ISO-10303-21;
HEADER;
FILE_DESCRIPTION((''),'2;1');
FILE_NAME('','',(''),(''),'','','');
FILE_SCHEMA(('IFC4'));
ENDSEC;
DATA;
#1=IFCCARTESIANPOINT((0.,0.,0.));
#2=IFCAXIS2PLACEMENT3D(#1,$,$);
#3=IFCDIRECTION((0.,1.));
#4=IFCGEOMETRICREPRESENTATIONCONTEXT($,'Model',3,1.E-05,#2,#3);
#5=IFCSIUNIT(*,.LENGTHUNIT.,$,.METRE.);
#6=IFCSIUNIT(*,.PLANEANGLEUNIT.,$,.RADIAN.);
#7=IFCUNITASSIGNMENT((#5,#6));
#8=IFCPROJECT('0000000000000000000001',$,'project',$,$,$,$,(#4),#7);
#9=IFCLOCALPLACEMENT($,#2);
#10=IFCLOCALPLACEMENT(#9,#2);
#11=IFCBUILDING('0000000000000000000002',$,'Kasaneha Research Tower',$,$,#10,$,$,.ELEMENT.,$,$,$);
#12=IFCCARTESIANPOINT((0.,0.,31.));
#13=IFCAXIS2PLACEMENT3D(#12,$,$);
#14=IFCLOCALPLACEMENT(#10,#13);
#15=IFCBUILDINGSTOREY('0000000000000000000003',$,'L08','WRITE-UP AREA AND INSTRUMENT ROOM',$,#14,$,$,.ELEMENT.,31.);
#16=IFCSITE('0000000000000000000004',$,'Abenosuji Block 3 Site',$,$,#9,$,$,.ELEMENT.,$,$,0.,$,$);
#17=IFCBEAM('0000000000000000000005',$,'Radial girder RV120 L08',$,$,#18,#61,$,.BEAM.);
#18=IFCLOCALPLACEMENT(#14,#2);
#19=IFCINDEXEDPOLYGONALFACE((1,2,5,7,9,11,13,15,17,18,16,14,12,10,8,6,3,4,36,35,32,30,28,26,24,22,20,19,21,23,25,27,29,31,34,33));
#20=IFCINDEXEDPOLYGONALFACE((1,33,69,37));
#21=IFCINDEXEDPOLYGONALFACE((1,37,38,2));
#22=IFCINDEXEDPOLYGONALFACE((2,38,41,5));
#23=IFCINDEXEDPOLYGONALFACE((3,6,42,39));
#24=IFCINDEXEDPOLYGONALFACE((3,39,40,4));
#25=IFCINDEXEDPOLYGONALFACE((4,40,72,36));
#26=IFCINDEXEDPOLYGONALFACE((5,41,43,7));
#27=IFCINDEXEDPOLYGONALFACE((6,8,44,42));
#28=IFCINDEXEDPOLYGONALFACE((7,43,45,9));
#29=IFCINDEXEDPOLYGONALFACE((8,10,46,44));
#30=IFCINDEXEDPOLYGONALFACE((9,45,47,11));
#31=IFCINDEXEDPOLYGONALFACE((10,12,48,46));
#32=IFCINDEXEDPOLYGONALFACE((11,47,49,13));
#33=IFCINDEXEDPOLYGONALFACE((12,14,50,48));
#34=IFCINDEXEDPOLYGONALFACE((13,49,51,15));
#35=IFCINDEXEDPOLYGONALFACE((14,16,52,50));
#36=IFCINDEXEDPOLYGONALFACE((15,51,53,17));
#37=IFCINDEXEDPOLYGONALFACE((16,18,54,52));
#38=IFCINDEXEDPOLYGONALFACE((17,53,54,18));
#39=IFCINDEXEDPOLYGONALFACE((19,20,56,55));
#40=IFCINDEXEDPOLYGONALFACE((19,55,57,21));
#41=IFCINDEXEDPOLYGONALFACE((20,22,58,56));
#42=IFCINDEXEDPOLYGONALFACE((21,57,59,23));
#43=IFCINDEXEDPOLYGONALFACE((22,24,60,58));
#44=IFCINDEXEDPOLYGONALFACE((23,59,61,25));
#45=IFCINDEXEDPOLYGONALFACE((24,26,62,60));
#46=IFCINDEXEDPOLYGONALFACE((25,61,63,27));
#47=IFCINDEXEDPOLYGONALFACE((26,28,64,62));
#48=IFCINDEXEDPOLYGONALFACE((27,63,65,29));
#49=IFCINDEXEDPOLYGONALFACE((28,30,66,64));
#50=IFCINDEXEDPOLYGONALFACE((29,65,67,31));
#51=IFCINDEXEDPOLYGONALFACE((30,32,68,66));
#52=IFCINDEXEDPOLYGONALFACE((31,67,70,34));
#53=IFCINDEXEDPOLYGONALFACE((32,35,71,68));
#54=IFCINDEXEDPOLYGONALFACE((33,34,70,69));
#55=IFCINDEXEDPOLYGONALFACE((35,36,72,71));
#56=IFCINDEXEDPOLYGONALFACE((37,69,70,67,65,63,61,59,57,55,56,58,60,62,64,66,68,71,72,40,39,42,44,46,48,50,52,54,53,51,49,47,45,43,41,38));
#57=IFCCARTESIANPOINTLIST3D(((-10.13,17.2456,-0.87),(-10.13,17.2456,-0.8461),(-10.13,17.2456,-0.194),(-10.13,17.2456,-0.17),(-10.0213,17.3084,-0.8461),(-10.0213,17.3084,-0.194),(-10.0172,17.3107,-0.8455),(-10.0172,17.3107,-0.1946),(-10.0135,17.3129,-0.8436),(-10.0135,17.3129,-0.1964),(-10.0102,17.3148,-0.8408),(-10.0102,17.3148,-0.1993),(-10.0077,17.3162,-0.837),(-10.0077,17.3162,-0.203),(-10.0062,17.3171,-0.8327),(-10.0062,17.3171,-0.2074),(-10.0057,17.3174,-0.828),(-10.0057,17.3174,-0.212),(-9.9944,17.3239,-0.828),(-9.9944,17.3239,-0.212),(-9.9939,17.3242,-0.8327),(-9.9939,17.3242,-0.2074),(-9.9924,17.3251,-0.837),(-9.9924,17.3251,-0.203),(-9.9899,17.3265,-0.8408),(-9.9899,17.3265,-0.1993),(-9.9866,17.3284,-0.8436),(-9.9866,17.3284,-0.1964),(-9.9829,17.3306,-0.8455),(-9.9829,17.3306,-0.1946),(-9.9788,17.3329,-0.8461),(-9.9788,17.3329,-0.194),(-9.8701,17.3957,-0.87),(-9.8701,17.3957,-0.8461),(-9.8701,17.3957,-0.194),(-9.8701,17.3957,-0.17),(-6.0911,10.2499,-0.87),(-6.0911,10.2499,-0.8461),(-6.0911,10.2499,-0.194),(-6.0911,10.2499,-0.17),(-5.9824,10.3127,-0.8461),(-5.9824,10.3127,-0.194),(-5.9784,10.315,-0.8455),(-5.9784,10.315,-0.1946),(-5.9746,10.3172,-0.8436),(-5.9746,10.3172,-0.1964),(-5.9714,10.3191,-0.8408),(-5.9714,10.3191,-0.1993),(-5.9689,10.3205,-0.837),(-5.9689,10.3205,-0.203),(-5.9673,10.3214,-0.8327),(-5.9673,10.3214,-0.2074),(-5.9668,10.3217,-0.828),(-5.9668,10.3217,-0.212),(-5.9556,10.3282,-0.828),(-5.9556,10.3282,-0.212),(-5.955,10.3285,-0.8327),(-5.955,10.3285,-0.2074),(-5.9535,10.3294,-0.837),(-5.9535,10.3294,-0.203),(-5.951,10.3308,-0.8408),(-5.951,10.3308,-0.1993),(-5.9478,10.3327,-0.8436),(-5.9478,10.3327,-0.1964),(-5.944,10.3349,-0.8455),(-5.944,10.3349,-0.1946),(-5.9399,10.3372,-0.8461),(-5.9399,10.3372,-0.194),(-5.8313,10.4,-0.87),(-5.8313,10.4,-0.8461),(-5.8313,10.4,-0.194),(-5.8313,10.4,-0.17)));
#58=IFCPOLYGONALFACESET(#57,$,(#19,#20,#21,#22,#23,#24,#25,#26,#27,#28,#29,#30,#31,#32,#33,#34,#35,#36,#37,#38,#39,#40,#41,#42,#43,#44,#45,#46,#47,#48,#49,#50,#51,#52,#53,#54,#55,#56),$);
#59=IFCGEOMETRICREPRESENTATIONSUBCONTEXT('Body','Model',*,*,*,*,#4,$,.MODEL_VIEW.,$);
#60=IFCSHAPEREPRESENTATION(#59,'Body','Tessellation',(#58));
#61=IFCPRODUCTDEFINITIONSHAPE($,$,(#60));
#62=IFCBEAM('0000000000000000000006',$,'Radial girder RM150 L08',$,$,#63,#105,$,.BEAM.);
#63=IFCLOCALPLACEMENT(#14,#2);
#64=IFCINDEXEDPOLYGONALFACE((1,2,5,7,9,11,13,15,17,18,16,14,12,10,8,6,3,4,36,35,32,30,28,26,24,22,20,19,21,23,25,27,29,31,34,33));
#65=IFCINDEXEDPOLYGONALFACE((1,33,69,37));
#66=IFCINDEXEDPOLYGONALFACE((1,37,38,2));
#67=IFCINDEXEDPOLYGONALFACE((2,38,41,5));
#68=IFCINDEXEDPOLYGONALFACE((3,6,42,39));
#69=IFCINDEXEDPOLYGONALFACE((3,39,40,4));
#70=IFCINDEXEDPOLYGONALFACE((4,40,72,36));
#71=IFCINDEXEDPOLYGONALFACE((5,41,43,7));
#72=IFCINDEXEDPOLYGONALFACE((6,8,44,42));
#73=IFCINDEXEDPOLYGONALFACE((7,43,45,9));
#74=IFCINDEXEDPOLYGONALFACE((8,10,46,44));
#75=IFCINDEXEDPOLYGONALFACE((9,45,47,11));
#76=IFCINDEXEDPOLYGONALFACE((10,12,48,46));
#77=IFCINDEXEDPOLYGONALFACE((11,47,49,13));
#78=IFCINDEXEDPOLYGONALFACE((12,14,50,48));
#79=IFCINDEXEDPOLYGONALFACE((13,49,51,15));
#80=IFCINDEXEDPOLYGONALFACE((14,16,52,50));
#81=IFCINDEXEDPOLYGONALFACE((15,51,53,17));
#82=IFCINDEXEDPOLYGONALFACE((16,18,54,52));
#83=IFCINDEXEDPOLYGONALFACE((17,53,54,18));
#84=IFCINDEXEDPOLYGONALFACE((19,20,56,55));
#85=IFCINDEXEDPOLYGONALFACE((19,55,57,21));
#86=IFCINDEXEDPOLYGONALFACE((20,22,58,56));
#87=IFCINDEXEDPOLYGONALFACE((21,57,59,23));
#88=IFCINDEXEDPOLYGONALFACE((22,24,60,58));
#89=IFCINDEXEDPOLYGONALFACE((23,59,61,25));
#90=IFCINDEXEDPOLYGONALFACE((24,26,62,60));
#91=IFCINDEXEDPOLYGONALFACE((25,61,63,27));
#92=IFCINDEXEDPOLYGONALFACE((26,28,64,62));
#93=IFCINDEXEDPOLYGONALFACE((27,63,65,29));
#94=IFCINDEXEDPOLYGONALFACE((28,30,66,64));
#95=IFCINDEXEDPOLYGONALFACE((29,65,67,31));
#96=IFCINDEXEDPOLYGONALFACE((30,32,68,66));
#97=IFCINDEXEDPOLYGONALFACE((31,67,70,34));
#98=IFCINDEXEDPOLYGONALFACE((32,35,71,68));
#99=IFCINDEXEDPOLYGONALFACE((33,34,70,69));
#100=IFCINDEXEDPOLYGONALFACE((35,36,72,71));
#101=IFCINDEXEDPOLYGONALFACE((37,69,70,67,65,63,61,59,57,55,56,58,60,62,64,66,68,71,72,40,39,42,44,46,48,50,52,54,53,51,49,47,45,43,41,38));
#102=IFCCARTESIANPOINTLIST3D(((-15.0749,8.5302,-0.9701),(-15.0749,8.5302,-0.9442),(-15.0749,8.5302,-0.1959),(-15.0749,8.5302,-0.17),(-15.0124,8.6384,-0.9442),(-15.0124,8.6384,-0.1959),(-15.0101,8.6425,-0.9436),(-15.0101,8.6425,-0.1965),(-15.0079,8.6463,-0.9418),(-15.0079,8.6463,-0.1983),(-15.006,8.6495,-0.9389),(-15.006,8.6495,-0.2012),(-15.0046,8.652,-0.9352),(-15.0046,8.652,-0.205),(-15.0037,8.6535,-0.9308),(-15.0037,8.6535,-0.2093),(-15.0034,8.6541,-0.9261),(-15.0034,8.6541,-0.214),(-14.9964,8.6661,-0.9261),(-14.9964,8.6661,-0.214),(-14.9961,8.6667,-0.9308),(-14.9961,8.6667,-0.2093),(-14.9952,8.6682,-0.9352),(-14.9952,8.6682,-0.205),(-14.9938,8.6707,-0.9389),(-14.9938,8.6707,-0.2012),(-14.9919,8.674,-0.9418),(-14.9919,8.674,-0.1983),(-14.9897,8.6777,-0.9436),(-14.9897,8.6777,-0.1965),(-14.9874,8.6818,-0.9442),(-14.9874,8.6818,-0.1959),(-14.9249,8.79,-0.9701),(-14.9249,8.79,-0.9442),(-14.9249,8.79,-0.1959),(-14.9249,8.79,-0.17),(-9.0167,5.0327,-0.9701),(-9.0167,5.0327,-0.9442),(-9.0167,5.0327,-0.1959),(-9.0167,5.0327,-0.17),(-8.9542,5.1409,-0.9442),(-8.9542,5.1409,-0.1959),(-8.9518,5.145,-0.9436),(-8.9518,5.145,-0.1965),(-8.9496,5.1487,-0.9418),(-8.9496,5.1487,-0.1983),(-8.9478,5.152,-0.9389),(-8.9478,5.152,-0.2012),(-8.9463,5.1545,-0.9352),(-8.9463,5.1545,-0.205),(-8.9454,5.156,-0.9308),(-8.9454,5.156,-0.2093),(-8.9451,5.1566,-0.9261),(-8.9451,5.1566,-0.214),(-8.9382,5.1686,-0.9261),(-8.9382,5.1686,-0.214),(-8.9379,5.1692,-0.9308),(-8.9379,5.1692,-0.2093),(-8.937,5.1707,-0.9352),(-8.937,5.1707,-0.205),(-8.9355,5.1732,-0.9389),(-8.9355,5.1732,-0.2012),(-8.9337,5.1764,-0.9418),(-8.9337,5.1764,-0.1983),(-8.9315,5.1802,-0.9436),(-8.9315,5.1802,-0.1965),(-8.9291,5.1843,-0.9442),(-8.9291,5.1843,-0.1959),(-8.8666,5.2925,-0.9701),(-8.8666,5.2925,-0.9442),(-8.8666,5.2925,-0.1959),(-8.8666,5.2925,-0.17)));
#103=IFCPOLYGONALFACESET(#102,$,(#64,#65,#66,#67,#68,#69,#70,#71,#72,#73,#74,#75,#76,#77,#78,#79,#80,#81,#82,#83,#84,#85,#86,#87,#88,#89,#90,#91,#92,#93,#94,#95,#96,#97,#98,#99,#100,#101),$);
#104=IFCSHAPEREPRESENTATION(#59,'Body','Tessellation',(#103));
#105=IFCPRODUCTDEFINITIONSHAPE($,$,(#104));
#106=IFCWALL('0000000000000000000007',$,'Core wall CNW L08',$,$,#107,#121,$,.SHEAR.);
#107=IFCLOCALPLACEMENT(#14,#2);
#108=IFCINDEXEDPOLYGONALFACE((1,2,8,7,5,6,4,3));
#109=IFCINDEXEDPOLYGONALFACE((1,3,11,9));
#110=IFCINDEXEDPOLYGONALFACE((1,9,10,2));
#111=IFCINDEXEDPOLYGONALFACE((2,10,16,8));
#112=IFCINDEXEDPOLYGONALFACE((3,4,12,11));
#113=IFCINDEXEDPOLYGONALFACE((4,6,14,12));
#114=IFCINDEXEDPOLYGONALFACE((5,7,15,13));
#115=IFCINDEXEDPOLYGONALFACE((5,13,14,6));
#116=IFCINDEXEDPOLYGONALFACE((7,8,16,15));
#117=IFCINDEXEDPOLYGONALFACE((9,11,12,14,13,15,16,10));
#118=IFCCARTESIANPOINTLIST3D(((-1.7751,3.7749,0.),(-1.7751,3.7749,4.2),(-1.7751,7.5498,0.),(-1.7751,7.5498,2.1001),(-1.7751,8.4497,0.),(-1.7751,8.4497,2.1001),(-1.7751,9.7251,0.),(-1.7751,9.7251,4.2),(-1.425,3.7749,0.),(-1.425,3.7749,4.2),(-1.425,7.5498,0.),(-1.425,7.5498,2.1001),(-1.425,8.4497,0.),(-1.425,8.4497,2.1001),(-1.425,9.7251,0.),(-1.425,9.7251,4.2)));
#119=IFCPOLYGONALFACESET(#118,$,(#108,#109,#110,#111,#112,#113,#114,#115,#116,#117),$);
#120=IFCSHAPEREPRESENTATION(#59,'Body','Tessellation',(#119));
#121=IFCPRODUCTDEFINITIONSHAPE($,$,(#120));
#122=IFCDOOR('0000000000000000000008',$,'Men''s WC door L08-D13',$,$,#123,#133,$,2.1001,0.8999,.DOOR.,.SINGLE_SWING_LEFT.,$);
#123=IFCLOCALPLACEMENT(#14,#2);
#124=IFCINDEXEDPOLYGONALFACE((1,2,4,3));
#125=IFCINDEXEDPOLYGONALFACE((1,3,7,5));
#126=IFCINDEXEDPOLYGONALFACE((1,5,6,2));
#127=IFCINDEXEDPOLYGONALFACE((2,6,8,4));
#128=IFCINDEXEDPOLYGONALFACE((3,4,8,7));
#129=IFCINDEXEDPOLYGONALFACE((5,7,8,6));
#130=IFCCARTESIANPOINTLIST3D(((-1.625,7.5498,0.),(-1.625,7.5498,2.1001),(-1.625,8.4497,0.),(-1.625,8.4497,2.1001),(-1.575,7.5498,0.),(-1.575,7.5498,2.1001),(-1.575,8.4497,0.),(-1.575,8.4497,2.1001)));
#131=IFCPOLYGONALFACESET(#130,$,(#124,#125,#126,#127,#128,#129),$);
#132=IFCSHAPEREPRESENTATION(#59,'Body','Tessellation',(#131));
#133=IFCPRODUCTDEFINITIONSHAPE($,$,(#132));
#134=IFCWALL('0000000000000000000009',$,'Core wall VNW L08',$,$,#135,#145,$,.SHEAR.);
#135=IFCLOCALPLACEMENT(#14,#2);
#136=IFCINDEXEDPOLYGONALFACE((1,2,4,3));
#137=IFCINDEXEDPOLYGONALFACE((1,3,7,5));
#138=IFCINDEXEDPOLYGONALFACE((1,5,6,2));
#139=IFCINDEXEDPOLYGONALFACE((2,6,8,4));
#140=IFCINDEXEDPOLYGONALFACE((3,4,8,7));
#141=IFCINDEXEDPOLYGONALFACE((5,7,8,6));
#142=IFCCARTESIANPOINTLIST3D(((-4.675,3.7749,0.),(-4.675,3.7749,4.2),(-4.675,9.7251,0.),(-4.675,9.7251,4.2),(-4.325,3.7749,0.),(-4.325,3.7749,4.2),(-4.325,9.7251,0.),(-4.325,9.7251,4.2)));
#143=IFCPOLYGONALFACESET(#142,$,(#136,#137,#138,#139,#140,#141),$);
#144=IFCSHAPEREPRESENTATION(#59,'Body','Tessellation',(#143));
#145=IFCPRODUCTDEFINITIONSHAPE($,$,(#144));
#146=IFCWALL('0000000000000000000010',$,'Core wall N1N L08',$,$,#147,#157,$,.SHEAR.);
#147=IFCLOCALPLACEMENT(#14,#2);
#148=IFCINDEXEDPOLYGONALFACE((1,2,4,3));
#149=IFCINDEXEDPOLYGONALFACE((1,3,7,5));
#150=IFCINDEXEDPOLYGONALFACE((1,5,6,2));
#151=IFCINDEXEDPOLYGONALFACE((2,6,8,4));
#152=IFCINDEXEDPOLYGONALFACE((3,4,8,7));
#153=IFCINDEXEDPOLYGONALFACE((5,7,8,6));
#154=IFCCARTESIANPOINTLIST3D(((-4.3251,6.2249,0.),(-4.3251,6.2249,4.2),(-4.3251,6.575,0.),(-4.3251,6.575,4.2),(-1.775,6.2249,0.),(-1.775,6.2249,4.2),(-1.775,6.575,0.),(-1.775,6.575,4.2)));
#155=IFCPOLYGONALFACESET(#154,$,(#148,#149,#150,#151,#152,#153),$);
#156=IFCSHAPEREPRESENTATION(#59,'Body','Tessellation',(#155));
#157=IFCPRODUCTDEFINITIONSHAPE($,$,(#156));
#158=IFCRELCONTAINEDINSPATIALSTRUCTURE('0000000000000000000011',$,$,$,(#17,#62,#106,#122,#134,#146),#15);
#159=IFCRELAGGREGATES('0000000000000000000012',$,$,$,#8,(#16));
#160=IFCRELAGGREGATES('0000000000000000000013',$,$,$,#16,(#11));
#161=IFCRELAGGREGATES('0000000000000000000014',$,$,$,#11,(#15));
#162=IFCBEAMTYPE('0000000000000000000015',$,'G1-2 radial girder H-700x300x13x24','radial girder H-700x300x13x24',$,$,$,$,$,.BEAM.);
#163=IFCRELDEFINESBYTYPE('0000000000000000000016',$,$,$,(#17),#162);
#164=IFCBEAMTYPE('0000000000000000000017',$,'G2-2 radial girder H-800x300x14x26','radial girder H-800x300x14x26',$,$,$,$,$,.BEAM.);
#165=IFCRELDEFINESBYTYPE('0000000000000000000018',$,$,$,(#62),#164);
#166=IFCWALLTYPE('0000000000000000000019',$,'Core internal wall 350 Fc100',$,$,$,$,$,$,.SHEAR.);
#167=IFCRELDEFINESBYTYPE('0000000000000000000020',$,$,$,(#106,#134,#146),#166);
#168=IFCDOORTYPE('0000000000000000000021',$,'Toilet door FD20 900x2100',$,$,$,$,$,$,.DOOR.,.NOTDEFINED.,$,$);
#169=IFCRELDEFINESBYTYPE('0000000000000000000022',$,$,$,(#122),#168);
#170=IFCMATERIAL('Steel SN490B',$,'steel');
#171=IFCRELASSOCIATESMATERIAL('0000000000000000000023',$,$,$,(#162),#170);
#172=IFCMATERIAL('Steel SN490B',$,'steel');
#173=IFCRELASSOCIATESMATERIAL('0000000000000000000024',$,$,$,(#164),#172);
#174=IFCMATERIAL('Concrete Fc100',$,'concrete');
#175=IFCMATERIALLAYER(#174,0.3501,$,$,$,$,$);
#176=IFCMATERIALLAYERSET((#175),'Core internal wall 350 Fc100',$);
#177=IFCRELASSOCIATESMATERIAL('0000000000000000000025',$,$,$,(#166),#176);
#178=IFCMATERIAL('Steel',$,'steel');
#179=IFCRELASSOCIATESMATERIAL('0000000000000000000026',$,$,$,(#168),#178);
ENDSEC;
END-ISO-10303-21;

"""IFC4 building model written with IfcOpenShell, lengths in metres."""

from ifc_helpers import new_model, si_unit, direction, frame, frame_2d, origin, origin_2d, place, context, subcontext, project, spatial, rectangle, i_section, extrude, material, layer, layer_set, material_profile, profile_set, type_object, element, fill, save


model = new_model("IFC4")

# Units and contexts
model_context = context("Model", 3, precision=1e-05, world=origin(), true_north=direction((0.0, 1.0)))
body_context = subcontext(model_context, "Body", "Model", "MODEL_VIEW")
ifc_project = project(units=[si_unit("LENGTHUNIT", "METRE"), si_unit("PLANEANGLEUNIT", "RADIAN")], contexts=[model_context])

# Site, building, storey
site_placement = place(None, origin())
site = spatial("IfcSite", under=ifc_project, at=site_placement, Name="Abenosuji Block 3 Site", CompositionType="ELEMENT", RefElevation=0.0)
building_placement = place(site_placement, origin())
building = spatial("IfcBuilding", under=site, at=building_placement, Name="Kasaneha Research Tower", CompositionType="ELEMENT")
storey_placement = place(building_placement, frame((0.0, 0.0, 31.0)))
storey = spatial("IfcBuildingStorey", under=building, at=storey_placement, Name="L08", Description="WRITE-UP AREA AND INSTRUMENT ROOM", CompositionType="ELEMENT", Elevation=31.0)

# Beams
ifc_material_1 = material(Name="Steel SN490B", Category="steel")
ifc_material_profile_1 = material_profile(ifc_material_1, i_section(OverallWidth=0.3, OverallDepth=0.7, WebThickness=0.0129, FlangeThickness=0.0239, FilletRadius=0.0181, at=origin_2d()), Name="H-700x300x13x24")
ifc_profile_set_1 = profile_set([ifc_material_profile_1], Name="Steel SN490B")
beam_type_1 = type_object("IfcBeamType", Name="G1-2 radial girder H-700x300x13x24", Description="radial girder H-700x300x13x24", PredefinedType="BEAM", material=ifc_profile_set_1)
beam_1_placement = place(storey_placement, frame((-5.9612, 10.325, -0.52), z_axis=(-0.499991, 0.866031, 0.0), x_axis=(-0.866031, -0.499991, 0.0)))
element("IfcBeam", 1, at=beam_1_placement, inside=storey, type_object=beam_type_1, Name="Radial girder RV120 L08", PredefinedType="BEAM", context=body_context, shape_type="SweptSolid", body=[
    extrude(i_section(OverallWidth=0.3, OverallDepth=0.7, WebThickness=0.0129, FlangeThickness=0.0239, FilletRadius=0.0181, at=origin_2d()), origin(), (0.0, 0.0, 1.0), 8.0779),
])
ifc_material_2 = material(Name="Steel SN490B", Category="steel")
ifc_material_profile_2 = material_profile(ifc_material_2, i_section(OverallWidth=0.3, OverallDepth=0.8, WebThickness=0.0139, FlangeThickness=0.0259, FilletRadius=0.0181, at=origin_2d()), Name="H-800x300x14x26")
ifc_profile_set_2 = profile_set([ifc_material_profile_2], Name="Steel SN490B")
beam_type_2 = type_object("IfcBeamType", Name="G2-2 radial girder H-800x300x14x26", Description="radial girder H-800x300x14x26", PredefinedType="BEAM", material=ifc_profile_set_2)
beam_2_placement = place(storey_placement, frame((-8.9417, 5.1626, -0.5701), z_axis=(-0.86604, 0.499975, 0.0), x_axis=(-0.499975, -0.86604, 0.0)))
element("IfcBeam", 2, at=beam_2_placement, inside=storey, type_object=beam_type_2, Name="Radial girder RM150 L08", PredefinedType="BEAM", context=body_context, shape_type="SweptSolid", body=[
    extrude(i_section(OverallWidth=0.3, OverallDepth=0.8, WebThickness=0.0139, FlangeThickness=0.0259, FilletRadius=0.0181, at=origin_2d()), origin(), (0.0, 0.0, 1.0), 6.9954),
])

# Wall, opening, door
ifc_material_3 = material(Name="Concrete Fc100", Category="concrete")
ifc_layer_1 = layer(ifc_material_3, 0.3501)
ifc_layer_set_1 = layer_set([ifc_layer_1], Name="Core internal wall 350 Fc100")
wall_type_1 = type_object("IfcWallType", Name="Core internal wall 350 Fc100", PredefinedType="SHEAR", material=ifc_layer_set_1)
wall_1_placement = place(storey_placement, frame((-1.6001, 3.7749, 0.0), z_axis=(0.0, 0.0, 1.0), x_axis=(0.0, 1.0, 0.0)))
wall_1 = element("IfcWall", 3, at=wall_1_placement, inside=storey, type_object=wall_type_1, Name="Core wall CNW L08", PredefinedType="SHEAR", context=body_context, shape_type="SweptSolid", body=[
    extrude(rectangle(XDim=5.9502, YDim=0.3501, at=frame_2d((2.9751, 0.0))), origin(), (0.0, 0.0, 1.0), 4.2),
])
opening_1_placement = place(wall_1_placement, frame((3.7749, 0.0, 0.0)))
opening_1 = element("IfcOpeningElement", 4, at=opening_1_placement, cuts=wall_1, PredefinedType="OPENING", context=body_context, shape_type="SweptSolid", body=[
    extrude(rectangle(XDim=0.8999, YDim=2.1001, at=frame_2d((0.45, 1.05))), frame((0.0, 0.1851, 0.0), z_axis=(0.0, -1.0, 0.0), x_axis=(1.0, 0.0, 0.0)), (0.0, 0.0, 1.0), 0.3701),
])
ifc_material_4 = material(Name="Steel", Category="steel")
door_type_1 = type_object("IfcDoorType", Name="Toilet door FD20 900x2100", OperationType="NOTDEFINED", PredefinedType="DOOR", material=ifc_material_4)
door_1_placement = place(opening_1_placement, origin())
door_1 = element("IfcDoor", 5, at=door_1_placement, inside=storey, type_object=door_type_1, Name="Men's WC door L08-D13", OperationType="SINGLE_SWING_LEFT", OverallHeight=2.1001, OverallWidth=0.8999, PredefinedType="DOOR", context=body_context, shape_type="SweptSolid", body=[
    extrude(rectangle(XDim=0.8999, YDim=2.1001, at=frame_2d((0.45, 1.05))), frame((0.0, 0.0249, 0.0), z_axis=(0.0, -1.0, 0.0), x_axis=(1.0, 0.0, 0.0)), (0.0, 0.0, 1.0), 0.05),
])
fill(opening_1, door_1)

# Walls
wall_2_placement = place(storey_placement, frame((-4.5, 3.7749, 0.0), z_axis=(0.0, 0.0, 1.0), x_axis=(0.0, 1.0, 0.0)))
element("IfcWall", 6, at=wall_2_placement, inside=storey, type_object=wall_type_1, Name="Core wall VNW L08", PredefinedType="SHEAR", context=body_context, shape_type="SweptSolid", body=[
    extrude(rectangle(XDim=5.9502, YDim=0.3501, at=frame_2d((2.9751, 0.0))), origin(), (0.0, 0.0, 1.0), 4.2),
])
wall_3_placement = place(storey_placement, frame((-4.325, 6.3999, 0.0), z_axis=(0.0, 0.0, 1.0), x_axis=(1.0, 0.0, 0.0)))
element("IfcWall", 7, at=wall_3_placement, inside=storey, type_object=wall_type_1, Name="Core wall N1N L08", PredefinedType="SHEAR", context=body_context, shape_type="SweptSolid", body=[
    extrude(rectangle(XDim=2.55, YDim=0.3501, at=frame_2d((1.2749, 0.0))), origin(), (0.0, 0.0, 1.0), 4.2),
])

save(model, "model.ifc")
